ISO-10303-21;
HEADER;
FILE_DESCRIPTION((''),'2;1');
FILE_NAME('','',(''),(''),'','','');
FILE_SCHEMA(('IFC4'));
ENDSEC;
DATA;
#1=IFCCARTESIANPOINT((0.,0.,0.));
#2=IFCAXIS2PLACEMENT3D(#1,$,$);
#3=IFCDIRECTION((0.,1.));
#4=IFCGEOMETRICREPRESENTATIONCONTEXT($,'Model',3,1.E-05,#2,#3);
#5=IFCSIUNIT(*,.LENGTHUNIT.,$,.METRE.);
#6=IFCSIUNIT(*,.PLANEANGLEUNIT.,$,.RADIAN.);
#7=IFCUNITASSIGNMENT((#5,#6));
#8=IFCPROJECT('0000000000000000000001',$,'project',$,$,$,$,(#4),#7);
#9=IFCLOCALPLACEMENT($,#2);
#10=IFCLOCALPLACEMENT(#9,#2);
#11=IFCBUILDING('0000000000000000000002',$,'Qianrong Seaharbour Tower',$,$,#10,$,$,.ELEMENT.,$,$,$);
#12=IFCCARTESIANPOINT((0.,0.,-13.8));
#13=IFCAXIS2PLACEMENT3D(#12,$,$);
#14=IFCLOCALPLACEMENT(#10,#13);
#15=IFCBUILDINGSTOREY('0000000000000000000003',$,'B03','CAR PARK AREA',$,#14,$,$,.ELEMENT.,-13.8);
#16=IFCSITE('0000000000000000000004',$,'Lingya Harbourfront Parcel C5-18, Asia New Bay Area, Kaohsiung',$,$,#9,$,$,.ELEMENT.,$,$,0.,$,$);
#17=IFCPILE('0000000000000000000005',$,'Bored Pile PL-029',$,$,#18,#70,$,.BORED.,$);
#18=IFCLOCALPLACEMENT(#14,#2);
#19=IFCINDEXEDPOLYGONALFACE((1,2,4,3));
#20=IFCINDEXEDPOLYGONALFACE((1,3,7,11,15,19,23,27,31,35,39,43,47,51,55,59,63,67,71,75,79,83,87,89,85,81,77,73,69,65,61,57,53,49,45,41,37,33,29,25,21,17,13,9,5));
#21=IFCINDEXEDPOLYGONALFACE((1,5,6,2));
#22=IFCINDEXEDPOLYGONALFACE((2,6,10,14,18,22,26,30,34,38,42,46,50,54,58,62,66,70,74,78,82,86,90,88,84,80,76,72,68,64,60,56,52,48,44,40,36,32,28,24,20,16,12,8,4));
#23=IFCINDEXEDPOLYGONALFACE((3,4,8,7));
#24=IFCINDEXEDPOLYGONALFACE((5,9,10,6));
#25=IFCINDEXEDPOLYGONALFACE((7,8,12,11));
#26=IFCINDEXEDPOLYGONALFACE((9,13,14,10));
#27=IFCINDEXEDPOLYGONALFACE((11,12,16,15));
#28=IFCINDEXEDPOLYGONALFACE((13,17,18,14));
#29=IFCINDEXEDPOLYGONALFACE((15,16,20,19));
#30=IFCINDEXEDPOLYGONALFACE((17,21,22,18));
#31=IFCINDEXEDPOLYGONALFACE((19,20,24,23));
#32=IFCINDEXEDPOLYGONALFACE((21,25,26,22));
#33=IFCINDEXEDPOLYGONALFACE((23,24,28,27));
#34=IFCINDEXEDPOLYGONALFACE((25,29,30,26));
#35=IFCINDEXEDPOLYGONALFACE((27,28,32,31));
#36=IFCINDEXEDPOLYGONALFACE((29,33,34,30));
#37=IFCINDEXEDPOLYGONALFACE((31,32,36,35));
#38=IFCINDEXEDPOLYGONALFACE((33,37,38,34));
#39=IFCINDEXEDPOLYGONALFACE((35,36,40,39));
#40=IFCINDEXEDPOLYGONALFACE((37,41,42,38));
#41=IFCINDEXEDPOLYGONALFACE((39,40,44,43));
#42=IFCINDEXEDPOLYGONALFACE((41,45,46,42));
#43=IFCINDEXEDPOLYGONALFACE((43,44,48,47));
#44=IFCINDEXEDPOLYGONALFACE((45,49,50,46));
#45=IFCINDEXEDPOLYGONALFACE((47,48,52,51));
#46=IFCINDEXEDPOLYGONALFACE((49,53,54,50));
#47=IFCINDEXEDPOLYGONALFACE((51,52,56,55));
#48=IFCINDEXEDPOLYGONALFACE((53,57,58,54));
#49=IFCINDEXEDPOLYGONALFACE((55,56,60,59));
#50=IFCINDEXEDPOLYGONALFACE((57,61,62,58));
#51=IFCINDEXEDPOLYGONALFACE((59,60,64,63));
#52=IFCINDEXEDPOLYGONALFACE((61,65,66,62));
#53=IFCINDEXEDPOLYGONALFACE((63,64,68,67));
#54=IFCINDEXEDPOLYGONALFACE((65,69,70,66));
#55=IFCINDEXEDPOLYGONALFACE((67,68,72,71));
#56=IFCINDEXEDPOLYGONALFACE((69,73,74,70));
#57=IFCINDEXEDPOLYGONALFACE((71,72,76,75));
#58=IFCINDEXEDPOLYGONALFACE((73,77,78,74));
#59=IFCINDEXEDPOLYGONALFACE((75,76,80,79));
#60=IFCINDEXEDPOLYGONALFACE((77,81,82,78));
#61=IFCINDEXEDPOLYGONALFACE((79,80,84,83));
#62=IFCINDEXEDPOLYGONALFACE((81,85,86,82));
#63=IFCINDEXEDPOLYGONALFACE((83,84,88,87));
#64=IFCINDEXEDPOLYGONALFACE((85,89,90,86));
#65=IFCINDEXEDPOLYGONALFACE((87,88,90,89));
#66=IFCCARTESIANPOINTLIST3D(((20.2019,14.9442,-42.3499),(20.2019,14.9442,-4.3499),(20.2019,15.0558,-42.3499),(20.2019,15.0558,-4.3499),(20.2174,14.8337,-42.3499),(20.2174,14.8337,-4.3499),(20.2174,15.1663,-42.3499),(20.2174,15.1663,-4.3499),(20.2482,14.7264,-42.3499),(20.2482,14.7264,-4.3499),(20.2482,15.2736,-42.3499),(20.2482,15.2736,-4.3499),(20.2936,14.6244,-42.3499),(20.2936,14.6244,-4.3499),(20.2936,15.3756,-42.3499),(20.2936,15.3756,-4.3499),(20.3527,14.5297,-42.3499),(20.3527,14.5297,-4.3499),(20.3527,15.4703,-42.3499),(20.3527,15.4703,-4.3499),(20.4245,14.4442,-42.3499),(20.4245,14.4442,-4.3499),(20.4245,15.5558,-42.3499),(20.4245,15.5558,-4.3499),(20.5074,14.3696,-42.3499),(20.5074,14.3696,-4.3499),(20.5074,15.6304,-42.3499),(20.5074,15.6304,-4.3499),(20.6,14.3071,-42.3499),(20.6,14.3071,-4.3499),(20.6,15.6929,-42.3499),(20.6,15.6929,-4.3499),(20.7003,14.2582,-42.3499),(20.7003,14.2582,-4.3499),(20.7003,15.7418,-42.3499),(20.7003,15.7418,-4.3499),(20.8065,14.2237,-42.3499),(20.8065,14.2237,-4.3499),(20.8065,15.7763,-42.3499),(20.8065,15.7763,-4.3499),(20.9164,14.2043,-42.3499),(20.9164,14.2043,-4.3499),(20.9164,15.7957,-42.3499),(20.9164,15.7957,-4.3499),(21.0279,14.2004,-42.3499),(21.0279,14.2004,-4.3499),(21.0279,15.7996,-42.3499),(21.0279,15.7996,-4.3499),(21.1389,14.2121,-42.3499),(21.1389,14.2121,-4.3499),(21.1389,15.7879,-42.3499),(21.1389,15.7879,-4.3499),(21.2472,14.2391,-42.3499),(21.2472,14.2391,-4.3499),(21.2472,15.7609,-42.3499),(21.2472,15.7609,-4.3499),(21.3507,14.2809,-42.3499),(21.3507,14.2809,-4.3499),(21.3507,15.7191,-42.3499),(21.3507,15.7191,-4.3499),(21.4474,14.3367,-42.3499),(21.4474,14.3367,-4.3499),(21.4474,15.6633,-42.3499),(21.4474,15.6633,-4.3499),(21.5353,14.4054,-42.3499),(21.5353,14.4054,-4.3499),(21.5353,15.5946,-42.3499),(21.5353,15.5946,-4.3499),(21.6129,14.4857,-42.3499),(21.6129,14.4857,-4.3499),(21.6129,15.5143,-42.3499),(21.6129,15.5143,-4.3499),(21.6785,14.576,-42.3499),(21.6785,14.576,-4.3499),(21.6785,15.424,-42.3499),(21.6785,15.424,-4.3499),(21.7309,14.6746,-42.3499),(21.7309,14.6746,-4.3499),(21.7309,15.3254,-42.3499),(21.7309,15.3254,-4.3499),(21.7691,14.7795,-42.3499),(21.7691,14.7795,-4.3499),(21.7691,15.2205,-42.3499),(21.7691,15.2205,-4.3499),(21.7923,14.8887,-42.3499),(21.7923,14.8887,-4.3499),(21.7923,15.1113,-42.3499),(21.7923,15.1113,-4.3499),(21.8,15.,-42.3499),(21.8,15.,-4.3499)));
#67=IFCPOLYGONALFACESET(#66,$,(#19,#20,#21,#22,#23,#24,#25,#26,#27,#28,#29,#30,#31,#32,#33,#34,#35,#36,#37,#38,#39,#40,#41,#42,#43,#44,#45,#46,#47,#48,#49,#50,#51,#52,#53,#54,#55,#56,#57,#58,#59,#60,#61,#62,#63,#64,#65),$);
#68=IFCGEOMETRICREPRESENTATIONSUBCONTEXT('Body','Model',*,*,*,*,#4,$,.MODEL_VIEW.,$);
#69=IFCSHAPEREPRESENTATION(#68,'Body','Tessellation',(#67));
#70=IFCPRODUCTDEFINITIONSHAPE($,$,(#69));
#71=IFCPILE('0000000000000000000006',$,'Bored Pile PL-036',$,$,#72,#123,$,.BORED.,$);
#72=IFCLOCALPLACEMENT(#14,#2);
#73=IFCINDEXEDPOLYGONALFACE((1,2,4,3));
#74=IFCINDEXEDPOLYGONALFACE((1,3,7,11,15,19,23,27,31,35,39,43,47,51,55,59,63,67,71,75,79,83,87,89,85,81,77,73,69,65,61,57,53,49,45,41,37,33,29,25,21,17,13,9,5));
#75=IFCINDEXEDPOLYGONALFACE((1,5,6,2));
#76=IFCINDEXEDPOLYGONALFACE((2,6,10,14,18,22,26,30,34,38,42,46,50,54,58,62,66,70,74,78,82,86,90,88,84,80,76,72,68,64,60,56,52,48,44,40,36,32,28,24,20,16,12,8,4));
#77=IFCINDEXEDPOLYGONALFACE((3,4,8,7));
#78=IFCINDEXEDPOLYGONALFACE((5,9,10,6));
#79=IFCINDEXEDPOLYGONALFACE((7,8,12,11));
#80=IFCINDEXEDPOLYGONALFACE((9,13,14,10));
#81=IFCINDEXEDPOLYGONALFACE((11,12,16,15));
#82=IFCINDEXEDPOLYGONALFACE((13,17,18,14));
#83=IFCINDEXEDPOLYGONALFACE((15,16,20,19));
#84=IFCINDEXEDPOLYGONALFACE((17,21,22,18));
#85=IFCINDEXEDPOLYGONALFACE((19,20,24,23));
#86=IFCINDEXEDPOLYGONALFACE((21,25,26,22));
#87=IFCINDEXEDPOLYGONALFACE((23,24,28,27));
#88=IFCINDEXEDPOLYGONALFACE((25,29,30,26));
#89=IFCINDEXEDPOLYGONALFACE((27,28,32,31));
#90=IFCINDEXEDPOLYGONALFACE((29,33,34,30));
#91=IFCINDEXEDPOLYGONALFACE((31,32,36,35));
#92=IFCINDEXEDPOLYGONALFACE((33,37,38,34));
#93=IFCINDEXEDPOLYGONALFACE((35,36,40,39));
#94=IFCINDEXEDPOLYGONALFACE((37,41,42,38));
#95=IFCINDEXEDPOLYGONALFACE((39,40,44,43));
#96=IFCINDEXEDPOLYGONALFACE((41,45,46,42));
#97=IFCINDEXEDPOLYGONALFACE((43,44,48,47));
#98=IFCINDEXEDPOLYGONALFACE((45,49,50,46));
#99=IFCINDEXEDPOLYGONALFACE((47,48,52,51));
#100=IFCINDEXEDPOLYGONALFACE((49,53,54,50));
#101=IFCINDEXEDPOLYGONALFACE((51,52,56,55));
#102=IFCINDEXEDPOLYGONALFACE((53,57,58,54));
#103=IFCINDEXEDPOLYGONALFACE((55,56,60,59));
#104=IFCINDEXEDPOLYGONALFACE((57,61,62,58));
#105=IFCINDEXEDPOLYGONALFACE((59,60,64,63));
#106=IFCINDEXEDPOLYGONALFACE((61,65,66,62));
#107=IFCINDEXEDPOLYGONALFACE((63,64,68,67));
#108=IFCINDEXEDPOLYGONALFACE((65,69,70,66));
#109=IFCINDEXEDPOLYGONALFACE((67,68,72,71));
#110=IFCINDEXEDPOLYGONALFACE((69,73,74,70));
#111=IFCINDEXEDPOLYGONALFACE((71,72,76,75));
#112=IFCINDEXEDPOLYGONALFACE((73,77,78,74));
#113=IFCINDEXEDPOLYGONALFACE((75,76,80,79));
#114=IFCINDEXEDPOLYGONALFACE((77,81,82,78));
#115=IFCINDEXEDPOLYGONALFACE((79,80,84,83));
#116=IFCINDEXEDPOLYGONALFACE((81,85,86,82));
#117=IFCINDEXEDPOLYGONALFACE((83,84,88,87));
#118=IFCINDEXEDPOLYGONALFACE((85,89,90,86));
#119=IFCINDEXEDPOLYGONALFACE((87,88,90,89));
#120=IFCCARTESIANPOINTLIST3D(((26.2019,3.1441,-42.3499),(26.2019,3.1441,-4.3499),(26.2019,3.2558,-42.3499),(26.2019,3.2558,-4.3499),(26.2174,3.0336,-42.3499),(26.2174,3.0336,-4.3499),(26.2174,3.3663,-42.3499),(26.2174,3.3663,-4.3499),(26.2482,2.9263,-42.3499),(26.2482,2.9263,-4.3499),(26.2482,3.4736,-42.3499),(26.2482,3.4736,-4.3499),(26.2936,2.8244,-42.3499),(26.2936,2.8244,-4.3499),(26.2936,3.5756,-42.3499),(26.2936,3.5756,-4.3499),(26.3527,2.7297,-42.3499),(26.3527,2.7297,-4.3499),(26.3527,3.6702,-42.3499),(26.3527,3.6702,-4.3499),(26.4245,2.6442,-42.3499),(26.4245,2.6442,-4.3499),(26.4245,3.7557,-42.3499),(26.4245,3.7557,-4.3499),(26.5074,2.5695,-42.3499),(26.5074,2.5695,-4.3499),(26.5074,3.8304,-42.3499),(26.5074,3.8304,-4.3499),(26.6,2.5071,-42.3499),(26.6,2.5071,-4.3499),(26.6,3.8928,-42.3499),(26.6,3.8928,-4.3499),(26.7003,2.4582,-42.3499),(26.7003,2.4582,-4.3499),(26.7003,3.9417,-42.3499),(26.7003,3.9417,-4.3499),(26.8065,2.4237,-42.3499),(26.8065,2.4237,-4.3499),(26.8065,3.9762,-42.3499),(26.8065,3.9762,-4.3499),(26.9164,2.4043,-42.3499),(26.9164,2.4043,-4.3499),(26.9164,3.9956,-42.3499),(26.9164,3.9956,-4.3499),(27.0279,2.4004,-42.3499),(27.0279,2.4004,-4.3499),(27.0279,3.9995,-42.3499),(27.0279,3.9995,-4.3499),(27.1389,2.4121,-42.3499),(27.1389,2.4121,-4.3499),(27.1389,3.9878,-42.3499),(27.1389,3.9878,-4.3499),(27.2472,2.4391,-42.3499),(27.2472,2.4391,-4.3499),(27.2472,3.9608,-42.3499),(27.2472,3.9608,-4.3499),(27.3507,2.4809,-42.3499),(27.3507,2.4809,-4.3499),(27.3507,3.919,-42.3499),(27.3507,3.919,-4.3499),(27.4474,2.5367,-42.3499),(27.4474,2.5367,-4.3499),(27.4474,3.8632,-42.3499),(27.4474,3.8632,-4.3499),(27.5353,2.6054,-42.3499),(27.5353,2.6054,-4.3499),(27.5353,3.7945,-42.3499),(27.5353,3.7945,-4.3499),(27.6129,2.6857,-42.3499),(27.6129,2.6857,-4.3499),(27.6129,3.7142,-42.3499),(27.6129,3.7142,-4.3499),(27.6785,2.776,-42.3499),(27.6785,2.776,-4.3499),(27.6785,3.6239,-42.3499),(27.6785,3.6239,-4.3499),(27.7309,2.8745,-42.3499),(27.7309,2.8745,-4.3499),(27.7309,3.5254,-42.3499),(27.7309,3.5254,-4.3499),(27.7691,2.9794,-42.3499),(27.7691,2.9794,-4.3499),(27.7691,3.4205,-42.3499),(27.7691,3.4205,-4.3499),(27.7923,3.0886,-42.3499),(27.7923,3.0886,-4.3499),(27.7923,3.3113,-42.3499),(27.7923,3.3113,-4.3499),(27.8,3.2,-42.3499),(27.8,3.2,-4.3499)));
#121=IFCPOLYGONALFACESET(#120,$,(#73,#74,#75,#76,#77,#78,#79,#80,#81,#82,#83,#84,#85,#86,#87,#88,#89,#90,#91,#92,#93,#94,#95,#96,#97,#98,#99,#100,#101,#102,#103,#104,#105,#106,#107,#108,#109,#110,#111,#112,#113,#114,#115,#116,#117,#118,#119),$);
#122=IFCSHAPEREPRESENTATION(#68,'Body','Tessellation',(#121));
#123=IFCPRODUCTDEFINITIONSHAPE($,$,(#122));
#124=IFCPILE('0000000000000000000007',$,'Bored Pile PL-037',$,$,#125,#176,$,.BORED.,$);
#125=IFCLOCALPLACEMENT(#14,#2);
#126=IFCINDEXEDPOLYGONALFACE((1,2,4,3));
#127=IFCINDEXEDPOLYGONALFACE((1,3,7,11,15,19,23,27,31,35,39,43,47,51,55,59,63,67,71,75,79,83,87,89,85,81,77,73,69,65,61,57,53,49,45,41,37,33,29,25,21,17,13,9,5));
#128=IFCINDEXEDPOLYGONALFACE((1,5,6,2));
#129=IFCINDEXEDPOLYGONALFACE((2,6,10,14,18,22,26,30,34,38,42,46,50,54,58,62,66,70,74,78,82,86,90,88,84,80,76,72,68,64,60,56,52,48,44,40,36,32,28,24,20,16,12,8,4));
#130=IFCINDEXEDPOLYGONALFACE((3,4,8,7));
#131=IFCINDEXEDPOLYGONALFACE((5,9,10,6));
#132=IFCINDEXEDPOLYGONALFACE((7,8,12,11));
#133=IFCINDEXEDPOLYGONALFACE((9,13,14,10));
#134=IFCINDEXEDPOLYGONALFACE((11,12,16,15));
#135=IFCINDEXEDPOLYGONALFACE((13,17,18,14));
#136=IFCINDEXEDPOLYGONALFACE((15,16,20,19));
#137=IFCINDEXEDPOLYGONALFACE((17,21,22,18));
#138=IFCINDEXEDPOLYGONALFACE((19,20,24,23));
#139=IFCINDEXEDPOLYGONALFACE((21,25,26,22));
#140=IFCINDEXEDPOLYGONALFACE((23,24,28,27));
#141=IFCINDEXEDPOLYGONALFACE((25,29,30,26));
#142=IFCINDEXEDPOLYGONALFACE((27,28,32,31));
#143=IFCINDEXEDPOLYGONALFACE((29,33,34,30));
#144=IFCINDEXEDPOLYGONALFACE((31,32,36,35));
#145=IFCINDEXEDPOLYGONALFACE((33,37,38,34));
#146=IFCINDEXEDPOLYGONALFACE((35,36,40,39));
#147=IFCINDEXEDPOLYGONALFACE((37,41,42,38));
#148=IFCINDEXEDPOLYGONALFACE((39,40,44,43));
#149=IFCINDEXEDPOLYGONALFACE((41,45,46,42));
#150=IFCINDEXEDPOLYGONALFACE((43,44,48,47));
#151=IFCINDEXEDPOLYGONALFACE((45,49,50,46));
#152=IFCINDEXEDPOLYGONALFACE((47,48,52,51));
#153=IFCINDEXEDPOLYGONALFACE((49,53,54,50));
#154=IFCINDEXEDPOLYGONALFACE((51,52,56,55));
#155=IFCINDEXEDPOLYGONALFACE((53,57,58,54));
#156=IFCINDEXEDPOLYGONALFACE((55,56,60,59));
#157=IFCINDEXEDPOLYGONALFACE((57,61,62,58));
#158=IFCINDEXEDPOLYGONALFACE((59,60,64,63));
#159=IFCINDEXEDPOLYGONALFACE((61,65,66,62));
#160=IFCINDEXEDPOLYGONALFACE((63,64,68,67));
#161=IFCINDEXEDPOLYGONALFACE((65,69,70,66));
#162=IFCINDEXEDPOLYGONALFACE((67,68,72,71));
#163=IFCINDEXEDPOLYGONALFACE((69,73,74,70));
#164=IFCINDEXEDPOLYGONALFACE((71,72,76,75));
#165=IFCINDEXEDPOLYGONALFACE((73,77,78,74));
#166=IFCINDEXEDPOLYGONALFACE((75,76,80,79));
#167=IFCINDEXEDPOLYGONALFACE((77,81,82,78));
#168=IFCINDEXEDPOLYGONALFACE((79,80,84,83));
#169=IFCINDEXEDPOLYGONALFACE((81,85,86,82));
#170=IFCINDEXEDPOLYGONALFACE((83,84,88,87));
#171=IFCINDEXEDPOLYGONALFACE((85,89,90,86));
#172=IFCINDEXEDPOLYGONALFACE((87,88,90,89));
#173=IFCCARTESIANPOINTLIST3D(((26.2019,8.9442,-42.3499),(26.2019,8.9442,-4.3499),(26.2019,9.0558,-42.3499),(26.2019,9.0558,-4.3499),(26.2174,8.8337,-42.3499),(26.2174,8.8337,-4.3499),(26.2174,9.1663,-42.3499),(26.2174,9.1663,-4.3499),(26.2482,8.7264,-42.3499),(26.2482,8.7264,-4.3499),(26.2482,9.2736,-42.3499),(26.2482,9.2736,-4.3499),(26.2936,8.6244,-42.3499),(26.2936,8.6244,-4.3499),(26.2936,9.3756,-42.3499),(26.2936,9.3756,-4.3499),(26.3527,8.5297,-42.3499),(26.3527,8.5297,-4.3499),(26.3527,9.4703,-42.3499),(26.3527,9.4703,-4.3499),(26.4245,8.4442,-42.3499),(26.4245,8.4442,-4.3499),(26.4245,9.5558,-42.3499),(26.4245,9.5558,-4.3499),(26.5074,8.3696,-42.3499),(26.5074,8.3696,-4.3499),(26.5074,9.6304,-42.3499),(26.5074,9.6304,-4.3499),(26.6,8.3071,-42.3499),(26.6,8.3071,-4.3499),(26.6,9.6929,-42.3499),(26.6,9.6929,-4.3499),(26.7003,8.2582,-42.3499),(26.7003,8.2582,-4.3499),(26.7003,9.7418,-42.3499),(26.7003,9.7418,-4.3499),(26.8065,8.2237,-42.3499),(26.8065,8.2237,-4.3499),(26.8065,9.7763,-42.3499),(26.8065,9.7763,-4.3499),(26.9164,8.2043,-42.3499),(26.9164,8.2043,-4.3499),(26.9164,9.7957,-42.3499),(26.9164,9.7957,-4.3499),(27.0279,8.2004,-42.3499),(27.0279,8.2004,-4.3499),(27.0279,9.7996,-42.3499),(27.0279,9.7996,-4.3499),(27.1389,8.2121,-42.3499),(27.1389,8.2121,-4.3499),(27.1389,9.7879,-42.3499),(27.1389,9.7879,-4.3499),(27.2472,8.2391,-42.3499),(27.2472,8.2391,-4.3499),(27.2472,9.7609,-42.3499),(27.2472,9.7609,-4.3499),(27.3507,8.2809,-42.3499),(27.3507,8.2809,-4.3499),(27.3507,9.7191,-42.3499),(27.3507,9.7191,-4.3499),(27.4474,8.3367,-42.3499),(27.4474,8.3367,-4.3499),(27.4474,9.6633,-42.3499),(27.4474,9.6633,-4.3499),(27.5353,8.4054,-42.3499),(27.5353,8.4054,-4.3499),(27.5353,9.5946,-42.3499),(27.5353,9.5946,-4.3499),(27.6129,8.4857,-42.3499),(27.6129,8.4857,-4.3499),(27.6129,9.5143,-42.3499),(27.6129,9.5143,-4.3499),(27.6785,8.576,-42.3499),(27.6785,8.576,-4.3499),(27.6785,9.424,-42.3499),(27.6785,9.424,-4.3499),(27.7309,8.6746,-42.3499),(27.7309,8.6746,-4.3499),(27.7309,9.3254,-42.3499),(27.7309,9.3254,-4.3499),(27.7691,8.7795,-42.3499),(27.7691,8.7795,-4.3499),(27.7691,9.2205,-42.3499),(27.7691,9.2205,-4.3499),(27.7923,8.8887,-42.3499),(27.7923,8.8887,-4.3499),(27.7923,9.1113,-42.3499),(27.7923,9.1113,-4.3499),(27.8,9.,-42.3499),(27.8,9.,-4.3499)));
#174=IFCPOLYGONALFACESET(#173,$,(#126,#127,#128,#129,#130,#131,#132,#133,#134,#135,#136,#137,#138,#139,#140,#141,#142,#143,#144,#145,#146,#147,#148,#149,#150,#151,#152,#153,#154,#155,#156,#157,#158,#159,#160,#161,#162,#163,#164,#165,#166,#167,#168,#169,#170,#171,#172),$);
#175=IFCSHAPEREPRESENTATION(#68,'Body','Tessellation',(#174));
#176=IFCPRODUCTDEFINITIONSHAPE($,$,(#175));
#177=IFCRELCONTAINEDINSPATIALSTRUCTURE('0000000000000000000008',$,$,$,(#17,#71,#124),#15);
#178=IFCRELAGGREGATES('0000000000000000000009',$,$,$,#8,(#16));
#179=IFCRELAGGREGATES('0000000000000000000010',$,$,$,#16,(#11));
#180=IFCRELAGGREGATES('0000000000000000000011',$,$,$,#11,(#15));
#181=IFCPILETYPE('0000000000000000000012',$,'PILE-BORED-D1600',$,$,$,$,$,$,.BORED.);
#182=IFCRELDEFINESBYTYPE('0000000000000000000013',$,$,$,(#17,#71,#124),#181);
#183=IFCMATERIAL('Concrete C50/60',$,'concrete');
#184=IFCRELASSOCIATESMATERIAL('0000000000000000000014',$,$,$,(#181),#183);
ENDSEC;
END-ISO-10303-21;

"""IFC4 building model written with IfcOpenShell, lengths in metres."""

from ifc_helpers import new_model, si_unit, direction, frame, origin, origin_2d, place, context, subcontext, project, spatial, circle, extrude, material, material_profile, profile_set, type_object, element, save


model = new_model("IFC4")

# Units and contexts
model_context = context("Model", 3, precision=1e-05, world=origin(), true_north=direction((0.0, 1.0)))
body_context = subcontext(model_context, "Body", "Model", "MODEL_VIEW")
ifc_project = project(units=[si_unit("LENGTHUNIT", "METRE"), si_unit("PLANEANGLEUNIT", "RADIAN")], contexts=[model_context])

# Site, building, storey
site_placement = place(None, origin())
site = spatial("IfcSite", under=ifc_project, at=site_placement, Name="Lingya Harbourfront Parcel C5-18, Asia New Bay Area, Kaohsiung", CompositionType="ELEMENT", RefElevation=0.0)
building_placement = place(site_placement, origin())
building = spatial("IfcBuilding", under=site, at=building_placement, Name="Qianrong Seaharbour Tower", CompositionType="ELEMENT")
storey_placement = place(building_placement, frame((0.0, 0.0, -13.8)))
storey = spatial("IfcBuildingStorey", under=building, at=storey_placement, Name="B03", Description="CAR PARK AREA", CompositionType="ELEMENT", Elevation=-13.8)

# Piles
ifc_material_1 = material(Name="Concrete C50/60", Category="concrete")
ifc_material_profile_1 = material_profile(ifc_material_1, circle(Radius=0.8, at=origin_2d()), Name="PILE-D1600")
ifc_profile_set_1 = profile_set([ifc_material_profile_1], Name="Concrete C50/60")
pile_type_1 = type_object("IfcPileType", Name="PILE-BORED-D1600", PredefinedType="BORED", material=ifc_profile_set_1)
for number, where, z_axis, x_axis, name in (
    (1, (21.0, 15.0, -4.3499), (0.0, 0.0, -1.0), (1.0, 0.0, 0.0), "Bored Pile PL-029"),
    (2, (27.0, 3.2, -4.3499), (0.0, 0.0, -1.0), (1.0, 0.0, 0.0), "Bored Pile PL-036"),
    (3, (27.0, 9.0, -4.3499), (0.0, 0.0, -1.0), (1.0, 0.0, 0.0), "Bored Pile PL-037"),
):
    element("IfcPile", number, at=place(storey_placement, frame(where, z_axis=z_axis, x_axis=x_axis)), inside=storey, type_object=pile_type_1, Name=name, PredefinedType="BORED", context=body_context, shape_type="SweptSolid", body=[
        extrude(circle(Radius=0.8, at=origin_2d()), origin(), (0.0, 0.0, 1.0), 38.0),
    ])

save(model, "model.ifc")
